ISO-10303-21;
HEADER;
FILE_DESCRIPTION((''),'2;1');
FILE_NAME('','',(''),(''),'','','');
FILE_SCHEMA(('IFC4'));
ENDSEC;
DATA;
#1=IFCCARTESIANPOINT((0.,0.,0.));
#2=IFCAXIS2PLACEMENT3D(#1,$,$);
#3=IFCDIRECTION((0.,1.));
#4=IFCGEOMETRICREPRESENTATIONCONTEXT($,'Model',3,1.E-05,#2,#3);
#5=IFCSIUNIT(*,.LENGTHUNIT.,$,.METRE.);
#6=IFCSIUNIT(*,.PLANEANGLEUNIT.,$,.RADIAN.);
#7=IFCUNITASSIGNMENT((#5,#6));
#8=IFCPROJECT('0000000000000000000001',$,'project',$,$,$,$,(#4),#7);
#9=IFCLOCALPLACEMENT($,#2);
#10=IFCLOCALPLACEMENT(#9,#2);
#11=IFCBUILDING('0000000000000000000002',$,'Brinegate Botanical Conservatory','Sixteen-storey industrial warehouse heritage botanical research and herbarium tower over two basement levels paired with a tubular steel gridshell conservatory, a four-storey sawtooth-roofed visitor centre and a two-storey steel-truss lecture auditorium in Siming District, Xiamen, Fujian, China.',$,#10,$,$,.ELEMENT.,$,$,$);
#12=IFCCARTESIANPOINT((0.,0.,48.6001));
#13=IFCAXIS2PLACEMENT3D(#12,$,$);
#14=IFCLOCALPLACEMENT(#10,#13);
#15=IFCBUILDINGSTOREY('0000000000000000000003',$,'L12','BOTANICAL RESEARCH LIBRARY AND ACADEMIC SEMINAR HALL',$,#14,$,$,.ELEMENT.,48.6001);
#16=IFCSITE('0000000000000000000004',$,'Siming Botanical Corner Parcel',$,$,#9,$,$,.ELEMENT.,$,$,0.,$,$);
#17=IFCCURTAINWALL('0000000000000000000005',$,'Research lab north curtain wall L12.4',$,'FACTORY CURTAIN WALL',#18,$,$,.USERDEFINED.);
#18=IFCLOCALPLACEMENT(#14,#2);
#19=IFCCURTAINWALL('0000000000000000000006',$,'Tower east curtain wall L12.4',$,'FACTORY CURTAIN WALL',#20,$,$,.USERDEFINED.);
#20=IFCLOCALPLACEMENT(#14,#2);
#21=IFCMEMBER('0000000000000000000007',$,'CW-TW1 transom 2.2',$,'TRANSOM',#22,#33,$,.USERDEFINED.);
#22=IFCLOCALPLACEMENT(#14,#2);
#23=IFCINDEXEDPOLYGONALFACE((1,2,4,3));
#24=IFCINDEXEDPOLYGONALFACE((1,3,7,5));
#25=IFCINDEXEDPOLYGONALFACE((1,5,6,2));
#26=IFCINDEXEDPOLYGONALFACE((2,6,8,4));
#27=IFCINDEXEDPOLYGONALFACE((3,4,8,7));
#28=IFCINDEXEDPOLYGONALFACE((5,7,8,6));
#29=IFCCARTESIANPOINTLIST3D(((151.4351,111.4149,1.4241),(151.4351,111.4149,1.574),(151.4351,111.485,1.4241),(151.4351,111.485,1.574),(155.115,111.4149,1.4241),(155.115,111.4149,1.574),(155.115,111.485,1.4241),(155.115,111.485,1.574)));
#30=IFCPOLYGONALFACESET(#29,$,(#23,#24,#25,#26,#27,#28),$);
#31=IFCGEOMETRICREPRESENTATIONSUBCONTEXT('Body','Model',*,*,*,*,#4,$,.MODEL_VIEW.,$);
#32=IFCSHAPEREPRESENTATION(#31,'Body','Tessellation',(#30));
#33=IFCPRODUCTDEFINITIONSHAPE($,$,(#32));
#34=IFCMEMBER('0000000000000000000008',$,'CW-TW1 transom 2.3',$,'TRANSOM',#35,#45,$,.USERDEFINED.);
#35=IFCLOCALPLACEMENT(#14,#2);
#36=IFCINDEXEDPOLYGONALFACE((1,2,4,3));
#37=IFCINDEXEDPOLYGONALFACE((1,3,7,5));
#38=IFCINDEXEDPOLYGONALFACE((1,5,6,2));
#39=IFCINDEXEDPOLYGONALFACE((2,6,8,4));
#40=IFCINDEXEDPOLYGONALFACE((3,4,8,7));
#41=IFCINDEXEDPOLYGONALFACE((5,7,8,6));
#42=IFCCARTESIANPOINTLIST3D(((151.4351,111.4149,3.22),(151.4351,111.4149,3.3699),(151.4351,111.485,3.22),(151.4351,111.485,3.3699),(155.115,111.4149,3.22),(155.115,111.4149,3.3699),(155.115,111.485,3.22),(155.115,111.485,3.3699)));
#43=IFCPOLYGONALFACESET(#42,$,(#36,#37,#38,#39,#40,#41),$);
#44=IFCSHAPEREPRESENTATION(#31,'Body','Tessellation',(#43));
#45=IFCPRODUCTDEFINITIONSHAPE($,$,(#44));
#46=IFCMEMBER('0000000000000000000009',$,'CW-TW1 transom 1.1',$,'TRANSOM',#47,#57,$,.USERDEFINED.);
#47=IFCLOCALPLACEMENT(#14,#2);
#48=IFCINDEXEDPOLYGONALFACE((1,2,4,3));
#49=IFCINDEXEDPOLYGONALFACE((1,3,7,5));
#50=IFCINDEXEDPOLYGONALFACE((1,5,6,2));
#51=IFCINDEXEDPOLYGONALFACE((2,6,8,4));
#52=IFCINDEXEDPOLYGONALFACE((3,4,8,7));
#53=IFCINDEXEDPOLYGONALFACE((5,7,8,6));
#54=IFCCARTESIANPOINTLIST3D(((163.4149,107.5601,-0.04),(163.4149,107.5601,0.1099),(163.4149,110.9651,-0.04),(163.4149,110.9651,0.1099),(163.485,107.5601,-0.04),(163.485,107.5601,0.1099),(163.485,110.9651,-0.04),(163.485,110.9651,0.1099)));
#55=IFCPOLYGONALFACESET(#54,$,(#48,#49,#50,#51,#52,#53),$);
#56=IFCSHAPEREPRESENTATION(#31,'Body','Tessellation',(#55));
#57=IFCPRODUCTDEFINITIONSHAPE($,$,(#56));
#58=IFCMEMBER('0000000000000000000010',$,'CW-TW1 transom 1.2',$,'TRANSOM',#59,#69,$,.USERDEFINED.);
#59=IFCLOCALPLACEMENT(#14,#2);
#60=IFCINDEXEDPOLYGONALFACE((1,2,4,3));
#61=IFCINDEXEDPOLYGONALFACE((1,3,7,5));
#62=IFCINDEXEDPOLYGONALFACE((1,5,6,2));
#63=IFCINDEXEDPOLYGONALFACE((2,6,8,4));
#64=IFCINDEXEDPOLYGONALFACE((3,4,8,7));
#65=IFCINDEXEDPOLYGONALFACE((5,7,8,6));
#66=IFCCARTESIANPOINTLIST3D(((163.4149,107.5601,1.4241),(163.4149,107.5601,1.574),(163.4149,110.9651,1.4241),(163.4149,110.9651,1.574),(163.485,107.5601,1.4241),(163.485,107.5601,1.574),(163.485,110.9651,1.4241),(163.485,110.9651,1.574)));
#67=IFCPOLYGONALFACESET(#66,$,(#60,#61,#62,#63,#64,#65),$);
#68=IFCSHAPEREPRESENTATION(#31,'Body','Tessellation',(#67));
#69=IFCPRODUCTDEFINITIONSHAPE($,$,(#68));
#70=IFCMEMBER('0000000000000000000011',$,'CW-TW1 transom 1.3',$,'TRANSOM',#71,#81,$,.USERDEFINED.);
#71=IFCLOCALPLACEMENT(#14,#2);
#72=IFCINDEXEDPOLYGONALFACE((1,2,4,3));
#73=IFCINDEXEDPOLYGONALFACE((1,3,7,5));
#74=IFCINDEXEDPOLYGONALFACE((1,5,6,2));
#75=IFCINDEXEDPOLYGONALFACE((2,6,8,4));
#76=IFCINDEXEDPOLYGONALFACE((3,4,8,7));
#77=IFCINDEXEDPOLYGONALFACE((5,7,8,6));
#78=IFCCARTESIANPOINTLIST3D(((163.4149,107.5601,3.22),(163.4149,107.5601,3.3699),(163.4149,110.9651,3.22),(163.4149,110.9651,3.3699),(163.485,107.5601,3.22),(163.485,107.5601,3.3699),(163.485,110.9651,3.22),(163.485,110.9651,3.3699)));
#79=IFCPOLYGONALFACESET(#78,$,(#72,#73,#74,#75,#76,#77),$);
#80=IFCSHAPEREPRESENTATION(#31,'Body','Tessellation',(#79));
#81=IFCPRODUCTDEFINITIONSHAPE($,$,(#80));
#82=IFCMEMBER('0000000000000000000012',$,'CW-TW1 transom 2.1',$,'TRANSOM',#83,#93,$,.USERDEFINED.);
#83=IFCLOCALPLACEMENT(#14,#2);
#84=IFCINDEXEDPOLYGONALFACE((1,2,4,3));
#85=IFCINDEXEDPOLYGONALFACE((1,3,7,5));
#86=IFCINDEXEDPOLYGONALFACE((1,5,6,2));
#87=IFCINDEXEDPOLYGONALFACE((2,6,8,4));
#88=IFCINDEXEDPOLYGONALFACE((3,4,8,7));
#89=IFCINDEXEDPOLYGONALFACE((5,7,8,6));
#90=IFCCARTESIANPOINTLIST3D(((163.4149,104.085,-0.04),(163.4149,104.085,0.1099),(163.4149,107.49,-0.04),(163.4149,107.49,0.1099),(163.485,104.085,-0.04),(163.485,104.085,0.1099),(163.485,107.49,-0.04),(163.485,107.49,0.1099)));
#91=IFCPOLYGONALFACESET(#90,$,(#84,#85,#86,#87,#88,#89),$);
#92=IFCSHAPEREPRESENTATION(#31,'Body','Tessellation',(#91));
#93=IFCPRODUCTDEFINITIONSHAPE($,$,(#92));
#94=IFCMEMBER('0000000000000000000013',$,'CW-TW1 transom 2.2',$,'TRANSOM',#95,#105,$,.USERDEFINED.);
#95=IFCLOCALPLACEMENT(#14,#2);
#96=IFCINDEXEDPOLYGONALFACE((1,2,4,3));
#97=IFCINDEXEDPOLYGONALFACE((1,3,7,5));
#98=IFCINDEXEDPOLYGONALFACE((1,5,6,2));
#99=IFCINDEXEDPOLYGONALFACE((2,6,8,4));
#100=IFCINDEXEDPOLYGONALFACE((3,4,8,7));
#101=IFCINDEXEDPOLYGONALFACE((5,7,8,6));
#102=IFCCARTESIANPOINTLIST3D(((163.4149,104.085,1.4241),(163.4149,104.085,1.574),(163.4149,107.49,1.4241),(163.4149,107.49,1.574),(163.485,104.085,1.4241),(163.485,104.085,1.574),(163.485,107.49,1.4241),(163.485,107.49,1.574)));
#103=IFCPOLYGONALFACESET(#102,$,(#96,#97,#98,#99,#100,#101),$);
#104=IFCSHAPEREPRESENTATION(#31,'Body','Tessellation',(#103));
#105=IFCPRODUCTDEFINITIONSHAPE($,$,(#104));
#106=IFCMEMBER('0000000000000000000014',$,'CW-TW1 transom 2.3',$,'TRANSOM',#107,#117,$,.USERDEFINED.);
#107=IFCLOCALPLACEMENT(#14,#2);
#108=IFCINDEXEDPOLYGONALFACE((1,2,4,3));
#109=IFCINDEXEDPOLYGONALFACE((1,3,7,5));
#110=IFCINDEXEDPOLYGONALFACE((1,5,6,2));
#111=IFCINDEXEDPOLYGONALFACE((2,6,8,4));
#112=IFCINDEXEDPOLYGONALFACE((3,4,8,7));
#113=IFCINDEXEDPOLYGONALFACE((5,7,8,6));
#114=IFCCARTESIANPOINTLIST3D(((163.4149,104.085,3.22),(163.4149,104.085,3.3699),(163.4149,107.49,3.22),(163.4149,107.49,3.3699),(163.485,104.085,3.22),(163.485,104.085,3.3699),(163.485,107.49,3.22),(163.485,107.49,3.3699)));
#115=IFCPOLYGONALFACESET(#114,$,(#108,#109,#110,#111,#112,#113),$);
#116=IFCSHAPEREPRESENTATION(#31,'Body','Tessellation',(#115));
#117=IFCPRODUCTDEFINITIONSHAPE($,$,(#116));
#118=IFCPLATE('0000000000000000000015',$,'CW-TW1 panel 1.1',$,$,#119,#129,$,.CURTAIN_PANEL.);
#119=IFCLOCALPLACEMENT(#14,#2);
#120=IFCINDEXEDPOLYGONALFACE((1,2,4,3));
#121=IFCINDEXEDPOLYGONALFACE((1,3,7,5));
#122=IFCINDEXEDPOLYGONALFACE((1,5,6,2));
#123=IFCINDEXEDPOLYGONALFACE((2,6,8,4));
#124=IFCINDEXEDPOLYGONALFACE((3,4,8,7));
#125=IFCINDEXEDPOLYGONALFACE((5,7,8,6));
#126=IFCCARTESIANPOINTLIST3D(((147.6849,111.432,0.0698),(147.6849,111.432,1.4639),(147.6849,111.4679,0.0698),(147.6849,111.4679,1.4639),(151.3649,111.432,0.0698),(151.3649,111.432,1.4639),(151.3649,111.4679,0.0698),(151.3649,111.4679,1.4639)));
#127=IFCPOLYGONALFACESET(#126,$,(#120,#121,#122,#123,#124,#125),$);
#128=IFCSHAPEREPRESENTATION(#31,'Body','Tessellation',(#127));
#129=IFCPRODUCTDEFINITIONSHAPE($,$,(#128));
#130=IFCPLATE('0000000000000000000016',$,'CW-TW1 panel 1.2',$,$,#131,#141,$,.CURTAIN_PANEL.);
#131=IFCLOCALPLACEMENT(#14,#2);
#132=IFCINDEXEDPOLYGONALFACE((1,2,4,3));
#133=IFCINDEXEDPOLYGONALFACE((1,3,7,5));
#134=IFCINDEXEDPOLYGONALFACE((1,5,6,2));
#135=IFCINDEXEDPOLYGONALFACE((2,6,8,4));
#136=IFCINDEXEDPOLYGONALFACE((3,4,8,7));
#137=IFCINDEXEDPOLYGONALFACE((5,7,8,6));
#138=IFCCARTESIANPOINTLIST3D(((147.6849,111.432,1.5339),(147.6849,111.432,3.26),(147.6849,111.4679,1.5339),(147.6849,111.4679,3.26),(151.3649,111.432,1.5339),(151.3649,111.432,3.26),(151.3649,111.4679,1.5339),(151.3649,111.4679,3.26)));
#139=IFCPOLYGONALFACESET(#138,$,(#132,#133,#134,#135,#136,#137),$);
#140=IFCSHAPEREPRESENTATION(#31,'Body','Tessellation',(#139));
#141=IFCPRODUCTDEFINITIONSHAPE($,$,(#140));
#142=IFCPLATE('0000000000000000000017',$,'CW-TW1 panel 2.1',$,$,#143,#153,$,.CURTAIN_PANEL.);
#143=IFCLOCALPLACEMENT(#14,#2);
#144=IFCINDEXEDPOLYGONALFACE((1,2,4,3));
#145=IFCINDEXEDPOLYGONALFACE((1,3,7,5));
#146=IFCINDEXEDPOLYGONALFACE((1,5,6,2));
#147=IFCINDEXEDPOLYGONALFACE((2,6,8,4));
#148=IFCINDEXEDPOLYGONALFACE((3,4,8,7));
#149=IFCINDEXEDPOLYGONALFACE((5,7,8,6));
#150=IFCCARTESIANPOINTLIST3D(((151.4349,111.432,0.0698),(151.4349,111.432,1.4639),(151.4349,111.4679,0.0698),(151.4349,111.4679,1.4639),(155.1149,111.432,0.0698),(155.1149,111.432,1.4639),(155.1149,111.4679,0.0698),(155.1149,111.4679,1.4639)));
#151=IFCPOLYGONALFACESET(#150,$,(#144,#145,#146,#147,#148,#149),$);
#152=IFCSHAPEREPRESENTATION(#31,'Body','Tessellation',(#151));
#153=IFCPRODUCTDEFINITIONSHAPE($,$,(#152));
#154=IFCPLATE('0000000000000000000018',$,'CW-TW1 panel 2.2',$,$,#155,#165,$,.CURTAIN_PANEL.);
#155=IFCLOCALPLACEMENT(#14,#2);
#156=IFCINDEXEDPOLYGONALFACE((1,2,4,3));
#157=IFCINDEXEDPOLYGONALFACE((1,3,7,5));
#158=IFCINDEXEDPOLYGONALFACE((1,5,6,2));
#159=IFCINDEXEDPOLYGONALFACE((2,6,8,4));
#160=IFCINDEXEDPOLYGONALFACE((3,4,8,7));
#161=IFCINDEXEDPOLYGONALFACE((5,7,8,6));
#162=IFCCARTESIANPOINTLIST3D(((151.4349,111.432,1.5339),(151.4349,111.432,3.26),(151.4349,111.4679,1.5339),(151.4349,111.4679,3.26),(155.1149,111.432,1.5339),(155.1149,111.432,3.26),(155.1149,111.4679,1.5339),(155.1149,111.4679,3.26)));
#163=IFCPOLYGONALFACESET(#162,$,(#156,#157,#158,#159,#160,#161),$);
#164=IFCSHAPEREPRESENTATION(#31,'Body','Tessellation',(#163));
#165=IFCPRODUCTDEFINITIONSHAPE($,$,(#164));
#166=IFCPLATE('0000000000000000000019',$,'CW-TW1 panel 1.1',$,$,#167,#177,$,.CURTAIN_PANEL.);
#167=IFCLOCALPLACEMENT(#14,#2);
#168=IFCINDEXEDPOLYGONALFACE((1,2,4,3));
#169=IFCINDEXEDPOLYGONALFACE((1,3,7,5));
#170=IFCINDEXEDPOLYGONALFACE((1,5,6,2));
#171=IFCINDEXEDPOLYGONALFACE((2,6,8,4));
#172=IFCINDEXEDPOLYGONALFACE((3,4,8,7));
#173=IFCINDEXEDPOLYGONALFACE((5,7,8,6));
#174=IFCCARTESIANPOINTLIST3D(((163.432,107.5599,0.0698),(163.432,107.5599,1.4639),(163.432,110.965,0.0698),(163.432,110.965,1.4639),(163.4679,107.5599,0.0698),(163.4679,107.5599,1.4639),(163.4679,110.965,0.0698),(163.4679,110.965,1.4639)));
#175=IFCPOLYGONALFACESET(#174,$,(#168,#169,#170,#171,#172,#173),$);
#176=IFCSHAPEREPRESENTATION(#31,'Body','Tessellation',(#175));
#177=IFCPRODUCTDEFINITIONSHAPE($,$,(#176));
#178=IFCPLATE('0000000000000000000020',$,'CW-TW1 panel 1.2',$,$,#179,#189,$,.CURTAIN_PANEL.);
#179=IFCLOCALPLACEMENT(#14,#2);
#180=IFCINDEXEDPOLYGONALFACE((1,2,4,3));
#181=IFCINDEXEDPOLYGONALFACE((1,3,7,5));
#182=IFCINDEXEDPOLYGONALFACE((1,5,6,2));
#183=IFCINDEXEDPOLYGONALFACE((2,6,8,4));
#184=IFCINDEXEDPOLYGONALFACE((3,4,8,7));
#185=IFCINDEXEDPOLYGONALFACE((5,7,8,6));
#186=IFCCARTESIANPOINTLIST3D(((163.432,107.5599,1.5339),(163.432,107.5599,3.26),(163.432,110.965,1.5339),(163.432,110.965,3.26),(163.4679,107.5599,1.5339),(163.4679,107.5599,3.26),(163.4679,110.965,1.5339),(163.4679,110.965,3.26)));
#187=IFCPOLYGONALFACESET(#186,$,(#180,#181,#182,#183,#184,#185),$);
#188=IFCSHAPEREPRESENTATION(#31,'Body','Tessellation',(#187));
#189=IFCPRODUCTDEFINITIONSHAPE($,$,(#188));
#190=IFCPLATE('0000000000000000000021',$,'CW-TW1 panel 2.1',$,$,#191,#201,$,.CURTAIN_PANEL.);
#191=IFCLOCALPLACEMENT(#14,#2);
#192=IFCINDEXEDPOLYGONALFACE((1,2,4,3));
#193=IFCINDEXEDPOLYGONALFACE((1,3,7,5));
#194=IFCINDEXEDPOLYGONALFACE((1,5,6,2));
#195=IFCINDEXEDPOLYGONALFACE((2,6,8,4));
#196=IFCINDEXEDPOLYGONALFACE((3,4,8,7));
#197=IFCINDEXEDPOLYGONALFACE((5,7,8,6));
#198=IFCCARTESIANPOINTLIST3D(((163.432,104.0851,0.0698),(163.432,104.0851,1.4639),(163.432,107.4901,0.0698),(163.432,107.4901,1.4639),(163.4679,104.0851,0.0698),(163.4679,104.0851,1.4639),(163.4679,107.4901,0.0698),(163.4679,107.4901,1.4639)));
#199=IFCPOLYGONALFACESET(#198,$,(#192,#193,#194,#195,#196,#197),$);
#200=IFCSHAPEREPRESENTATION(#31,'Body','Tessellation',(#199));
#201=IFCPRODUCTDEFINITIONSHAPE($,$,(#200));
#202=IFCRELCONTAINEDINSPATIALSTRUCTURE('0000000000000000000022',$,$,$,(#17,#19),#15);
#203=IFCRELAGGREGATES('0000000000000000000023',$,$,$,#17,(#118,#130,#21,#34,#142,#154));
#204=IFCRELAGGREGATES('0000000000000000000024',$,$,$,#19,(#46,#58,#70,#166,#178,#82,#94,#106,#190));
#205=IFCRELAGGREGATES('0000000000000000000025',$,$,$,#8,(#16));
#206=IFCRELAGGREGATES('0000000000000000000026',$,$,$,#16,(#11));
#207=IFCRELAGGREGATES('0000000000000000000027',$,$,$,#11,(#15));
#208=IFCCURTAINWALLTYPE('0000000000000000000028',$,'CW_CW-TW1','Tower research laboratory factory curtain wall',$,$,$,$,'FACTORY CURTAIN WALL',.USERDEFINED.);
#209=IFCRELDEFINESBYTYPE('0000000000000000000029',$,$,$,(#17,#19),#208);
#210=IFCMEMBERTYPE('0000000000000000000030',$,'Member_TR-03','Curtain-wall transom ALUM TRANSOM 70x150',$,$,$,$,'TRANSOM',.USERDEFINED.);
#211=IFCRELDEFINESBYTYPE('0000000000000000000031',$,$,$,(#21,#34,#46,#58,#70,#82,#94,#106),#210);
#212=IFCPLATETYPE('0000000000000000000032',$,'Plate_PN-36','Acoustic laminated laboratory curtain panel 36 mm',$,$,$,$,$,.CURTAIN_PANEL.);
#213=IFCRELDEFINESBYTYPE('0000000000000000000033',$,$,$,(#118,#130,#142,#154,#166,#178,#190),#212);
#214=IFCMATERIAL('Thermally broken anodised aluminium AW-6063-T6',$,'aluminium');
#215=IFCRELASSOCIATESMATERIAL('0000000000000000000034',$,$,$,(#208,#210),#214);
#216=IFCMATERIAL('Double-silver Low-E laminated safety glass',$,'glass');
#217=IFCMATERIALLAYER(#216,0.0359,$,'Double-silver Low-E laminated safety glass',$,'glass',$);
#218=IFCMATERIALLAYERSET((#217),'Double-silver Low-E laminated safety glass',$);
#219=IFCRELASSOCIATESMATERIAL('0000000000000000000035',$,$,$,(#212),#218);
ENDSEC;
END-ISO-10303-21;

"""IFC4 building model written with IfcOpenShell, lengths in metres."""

from ifc_helpers import new_model, si_unit, direction, frame, origin, origin_2d, place, context, subcontext, project, spatial, rectangle, extrude, material, layer, layer_set, material_profile, profile_set, type_object, element, aggregate, save


model = new_model("IFC4")

# Units and contexts
model_context = context("Model", 3, precision=1e-05, world=origin(), true_north=direction((0.0, 1.0)))
body_context = subcontext(model_context, "Body", "Model", "MODEL_VIEW")
ifc_project = project(units=[si_unit("LENGTHUNIT", "METRE"), si_unit("PLANEANGLEUNIT", "RADIAN")], contexts=[model_context])

# Site, building, storey
site_placement = place(None, origin())
site = spatial("IfcSite", under=ifc_project, at=site_placement, Name="Siming Botanical Corner Parcel", CompositionType="ELEMENT", RefElevation=0.0)
building_placement = place(site_placement, origin())
building = spatial("IfcBuilding", under=site, at=building_placement, Name="Brinegate Botanical Conservatory", Description="Sixteen-storey industrial warehouse heritage botanical research and herbarium tower over two basement levels paired with a tubular steel gridshell conservatory, a four-storey sawtooth-roofed visitor centre and a two-storey steel-truss lecture auditorium in Siming District, Xiamen, Fujian, China.", CompositionType="ELEMENT")
storey_placement = place(building_placement, frame((0.0, 0.0, 48.6001)))
storey = spatial("IfcBuildingStorey", under=building, at=storey_placement, Name="L12", Description="BOTANICAL RESEARCH LIBRARY AND ACADEMIC SEMINAR HALL", CompositionType="ELEMENT", Elevation=48.6001)

# Curtain walls
ifc_material_1 = material(Name="Thermally broken anodised aluminium AW-6063-T6", Category="aluminium")
curtain_wall_type = type_object("IfcCurtainWallType", Name="CW_CW-TW1", Description="Tower research laboratory factory curtain wall", ElementType="FACTORY CURTAIN WALL", PredefinedType="USERDEFINED", material=ifc_material_1)
curtain_wall_1_placement = place(storey_placement, origin())
curtain_wall_1 = element("IfcCurtainWall", 1, at=curtain_wall_1_placement, inside=storey, type_object=curtain_wall_type, Name="Research lab north curtain wall L12.4", ObjectType="FACTORY CURTAIN WALL", PredefinedType="USERDEFINED")
curtain_wall_2_placement = place(storey_placement, origin())
curtain_wall_2 = element("IfcCurtainWall", 2, at=curtain_wall_2_placement, inside=storey, type_object=curtain_wall_type, Name="Tower east curtain wall L12.4", ObjectType="FACTORY CURTAIN WALL", PredefinedType="USERDEFINED")

# Members
ifc_material_profile_1 = material_profile(ifc_material_1, rectangle(XDim=0.0701, YDim=0.1499, at=origin_2d()), Name="ALUM TRANSOM 70x150")
ifc_profile_set_1 = profile_set([ifc_material_profile_1], Name="Thermally broken anodised aluminium AW-6063-T6")
member_type_1 = type_object("IfcMemberType", Name="Member_TR-03", Description="Curtain-wall transom ALUM TRANSOM 70x150", ElementType="TRANSOM", PredefinedType="USERDEFINED", material=ifc_profile_set_1)
member_1_placement = place(storey_placement, frame((151.4351, 111.45, 1.499), z_axis=(1.0, 0.0, 0.0), x_axis=(0.0, 1.0, 0.0)))
member_1 = element("IfcMember", 3, at=member_1_placement, type_object=member_type_1, Name="CW-TW1 transom 2.2", ObjectType="TRANSOM", PredefinedType="USERDEFINED", context=body_context, shape_type="SweptSolid", body=[
    extrude(rectangle(XDim=0.0701, YDim=0.1499, at=origin_2d()), origin(), (0.0, 0.0, 1.0), 3.6799),
])
member_2_placement = place(storey_placement, frame((151.4351, 111.45, 3.2949), z_axis=(1.0, 0.0, 0.0), x_axis=(0.0, 1.0, 0.0)))
member_2 = element("IfcMember", 4, at=member_2_placement, type_object=member_type_1, Name="CW-TW1 transom 2.3", ObjectType="TRANSOM", PredefinedType="USERDEFINED", context=body_context, shape_type="SweptSolid", body=[
    extrude(rectangle(XDim=0.0701, YDim=0.1499, at=origin_2d()), origin(), (0.0, 0.0, 1.0), 3.6799),
])
member_3_placement = place(storey_placement, frame((163.45, 110.9651, 0.0349), z_axis=(0.0, -1.0, 0.0), x_axis=(1.0, 0.0, 0.0)))
member_3 = element("IfcMember", 5, at=member_3_placement, type_object=member_type_1, Name="CW-TW1 transom 1.1", ObjectType="TRANSOM", PredefinedType="USERDEFINED", context=body_context, shape_type="SweptSolid", body=[
    extrude(rectangle(XDim=0.0701, YDim=0.1499, at=origin_2d()), origin(), (0.0, 0.0, 1.0), 3.405),
])
member_4_placement = place(storey_placement, frame((163.45, 110.9651, 1.499), z_axis=(0.0, -1.0, 0.0), x_axis=(1.0, 0.0, 0.0)))
member_4 = element("IfcMember", 6, at=member_4_placement, type_object=member_type_1, Name="CW-TW1 transom 1.2", ObjectType="TRANSOM", PredefinedType="USERDEFINED", context=body_context, shape_type="SweptSolid", body=[
    extrude(rectangle(XDim=0.0701, YDim=0.1499, at=origin_2d()), origin(), (0.0, 0.0, 1.0), 3.405),
])
member_5_placement = place(storey_placement, frame((163.45, 110.9651, 3.2949), z_axis=(0.0, -1.0, 0.0), x_axis=(1.0, 0.0, 0.0)))
member_5 = element("IfcMember", 7, at=member_5_placement, type_object=member_type_1, Name="CW-TW1 transom 1.3", ObjectType="TRANSOM", PredefinedType="USERDEFINED", context=body_context, shape_type="SweptSolid", body=[
    extrude(rectangle(XDim=0.0701, YDim=0.1499, at=origin_2d()), origin(), (0.0, 0.0, 1.0), 3.405),
])
member_6_placement = place(storey_placement, frame((163.45, 107.49, 0.0349), z_axis=(0.0, -1.0, 0.0), x_axis=(1.0, 0.0, 0.0)))
member_6 = element("IfcMember", 8, at=member_6_placement, type_object=member_type_1, Name="CW-TW1 transom 2.1", ObjectType="TRANSOM", PredefinedType="USERDEFINED", context=body_context, shape_type="SweptSolid", body=[
    extrude(rectangle(XDim=0.0701, YDim=0.1499, at=origin_2d()), origin(), (0.0, 0.0, 1.0), 3.405),
])
member_7_placement = place(storey_placement, frame((163.45, 107.49, 1.499), z_axis=(0.0, -1.0, 0.0), x_axis=(1.0, 0.0, 0.0)))
member_7 = element("IfcMember", 9, at=member_7_placement, type_object=member_type_1, Name="CW-TW1 transom 2.2", ObjectType="TRANSOM", PredefinedType="USERDEFINED", context=body_context, shape_type="SweptSolid", body=[
    extrude(rectangle(XDim=0.0701, YDim=0.1499, at=origin_2d()), origin(), (0.0, 0.0, 1.0), 3.405),
])
member_8_placement = place(storey_placement, frame((163.45, 107.49, 3.2949), z_axis=(0.0, -1.0, 0.0), x_axis=(1.0, 0.0, 0.0)))
member_8 = element("IfcMember", 10, at=member_8_placement, type_object=member_type_1, Name="CW-TW1 transom 2.3", ObjectType="TRANSOM", PredefinedType="USERDEFINED", context=body_context, shape_type="SweptSolid", body=[
    extrude(rectangle(XDim=0.0701, YDim=0.1499, at=origin_2d()), origin(), (0.0, 0.0, 1.0), 3.405),
])

# Plates
ifc_material_2 = material(Name="Double-silver Low-E laminated safety glass", Category="glass")
ifc_layer_1 = layer(ifc_material_2, 0.0359, Name="Double-silver Low-E laminated safety glass", Category="glass")
ifc_layer_set_1 = layer_set([ifc_layer_1], Name="Double-silver Low-E laminated safety glass")
plate_type = type_object("IfcPlateType", Name="Plate_PN-36", Description="Acoustic laminated laboratory curtain panel 36 mm", PredefinedType="CURTAIN_PANEL", material=ifc_layer_set_1)
plate_1_placement = place(storey_placement, frame((149.5249, 111.45, 0.0698), z_axis=(0.0, 0.0, 1.0), x_axis=(1.0, 0.0, 0.0)))
plate_1 = element("IfcPlate", 11, at=plate_1_placement, type_object=plate_type, Name="CW-TW1 panel 1.1", PredefinedType="CURTAIN_PANEL", context=body_context, shape_type="SweptSolid", body=[
    extrude(rectangle(XDim=3.6799, YDim=0.0359, at=origin_2d()), origin(), (0.0, 0.0, 1.0), 1.394),
])
plate_2_placement = place(storey_placement, frame((149.5249, 111.45, 1.5339), z_axis=(0.0, 0.0, 1.0), x_axis=(1.0, 0.0, 0.0)))
plate_2 = element("IfcPlate", 12, at=plate_2_placement, type_object=plate_type, Name="CW-TW1 panel 1.2", PredefinedType="CURTAIN_PANEL", context=body_context, shape_type="SweptSolid", body=[
    extrude(rectangle(XDim=3.6799, YDim=0.0359, at=origin_2d()), origin(), (0.0, 0.0, 1.0), 1.7261),
])
plate_3_placement = place(storey_placement, frame((153.2749, 111.45, 0.0698), z_axis=(0.0, 0.0, 1.0), x_axis=(1.0, 0.0, 0.0)))
plate_3 = element("IfcPlate", 13, at=plate_3_placement, type_object=plate_type, Name="CW-TW1 panel 2.1", PredefinedType="CURTAIN_PANEL", context=body_context, shape_type="SweptSolid", body=[
    extrude(rectangle(XDim=3.6799, YDim=0.0359, at=origin_2d()), origin(), (0.0, 0.0, 1.0), 1.394),
])
plate_4_placement = place(storey_placement, frame((153.2749, 111.45, 1.5339), z_axis=(0.0, 0.0, 1.0), x_axis=(1.0, 0.0, 0.0)))
plate_4 = element("IfcPlate", 14, at=plate_4_placement, type_object=plate_type, Name="CW-TW1 panel 2.2", PredefinedType="CURTAIN_PANEL", context=body_context, shape_type="SweptSolid", body=[
    extrude(rectangle(XDim=3.6799, YDim=0.0359, at=origin_2d()), origin(), (0.0, 0.0, 1.0), 1.7261),
])
aggregate(curtain_wall_1, [plate_1, plate_2, member_1, member_2, plate_3, plate_4])
plate_5_placement = place(storey_placement, frame((163.45, 109.2625, 0.0698), z_axis=(0.0, 0.0, 1.0), x_axis=(0.0, -1.0, 0.0)))
plate_5 = element("IfcPlate", 15, at=plate_5_placement, type_object=plate_type, Name="CW-TW1 panel 1.1", PredefinedType="CURTAIN_PANEL", context=body_context, shape_type="SweptSolid", body=[
    extrude(rectangle(XDim=3.405, YDim=0.0359, at=origin_2d()), origin(), (0.0, 0.0, 1.0), 1.394),
])
plate_6_placement = place(storey_placement, frame((163.45, 109.2625, 1.5339), z_axis=(0.0, 0.0, 1.0), x_axis=(0.0, -1.0, 0.0)))
plate_6 = element("IfcPlate", 16, at=plate_6_placement, type_object=plate_type, Name="CW-TW1 panel 1.2", PredefinedType="CURTAIN_PANEL", context=body_context, shape_type="SweptSolid", body=[
    extrude(rectangle(XDim=3.405, YDim=0.0359, at=origin_2d()), origin(), (0.0, 0.0, 1.0), 1.7261),
])
plate_7_placement = place(storey_placement, frame((163.45, 105.7876, 0.0698), z_axis=(0.0, 0.0, 1.0), x_axis=(0.0, -1.0, 0.0)))
plate_7 = element("IfcPlate", 17, at=plate_7_placement, type_object=plate_type, Name="CW-TW1 panel 2.1", PredefinedType="CURTAIN_PANEL", context=body_context, shape_type="SweptSolid", body=[
    extrude(rectangle(XDim=3.405, YDim=0.0359, at=origin_2d()), origin(), (0.0, 0.0, 1.0), 1.394),
])
aggregate(curtain_wall_2, [member_3, member_4, member_5, plate_5, plate_6, member_6, member_7, member_8, plate_7])

save(model, "model.ifc")
